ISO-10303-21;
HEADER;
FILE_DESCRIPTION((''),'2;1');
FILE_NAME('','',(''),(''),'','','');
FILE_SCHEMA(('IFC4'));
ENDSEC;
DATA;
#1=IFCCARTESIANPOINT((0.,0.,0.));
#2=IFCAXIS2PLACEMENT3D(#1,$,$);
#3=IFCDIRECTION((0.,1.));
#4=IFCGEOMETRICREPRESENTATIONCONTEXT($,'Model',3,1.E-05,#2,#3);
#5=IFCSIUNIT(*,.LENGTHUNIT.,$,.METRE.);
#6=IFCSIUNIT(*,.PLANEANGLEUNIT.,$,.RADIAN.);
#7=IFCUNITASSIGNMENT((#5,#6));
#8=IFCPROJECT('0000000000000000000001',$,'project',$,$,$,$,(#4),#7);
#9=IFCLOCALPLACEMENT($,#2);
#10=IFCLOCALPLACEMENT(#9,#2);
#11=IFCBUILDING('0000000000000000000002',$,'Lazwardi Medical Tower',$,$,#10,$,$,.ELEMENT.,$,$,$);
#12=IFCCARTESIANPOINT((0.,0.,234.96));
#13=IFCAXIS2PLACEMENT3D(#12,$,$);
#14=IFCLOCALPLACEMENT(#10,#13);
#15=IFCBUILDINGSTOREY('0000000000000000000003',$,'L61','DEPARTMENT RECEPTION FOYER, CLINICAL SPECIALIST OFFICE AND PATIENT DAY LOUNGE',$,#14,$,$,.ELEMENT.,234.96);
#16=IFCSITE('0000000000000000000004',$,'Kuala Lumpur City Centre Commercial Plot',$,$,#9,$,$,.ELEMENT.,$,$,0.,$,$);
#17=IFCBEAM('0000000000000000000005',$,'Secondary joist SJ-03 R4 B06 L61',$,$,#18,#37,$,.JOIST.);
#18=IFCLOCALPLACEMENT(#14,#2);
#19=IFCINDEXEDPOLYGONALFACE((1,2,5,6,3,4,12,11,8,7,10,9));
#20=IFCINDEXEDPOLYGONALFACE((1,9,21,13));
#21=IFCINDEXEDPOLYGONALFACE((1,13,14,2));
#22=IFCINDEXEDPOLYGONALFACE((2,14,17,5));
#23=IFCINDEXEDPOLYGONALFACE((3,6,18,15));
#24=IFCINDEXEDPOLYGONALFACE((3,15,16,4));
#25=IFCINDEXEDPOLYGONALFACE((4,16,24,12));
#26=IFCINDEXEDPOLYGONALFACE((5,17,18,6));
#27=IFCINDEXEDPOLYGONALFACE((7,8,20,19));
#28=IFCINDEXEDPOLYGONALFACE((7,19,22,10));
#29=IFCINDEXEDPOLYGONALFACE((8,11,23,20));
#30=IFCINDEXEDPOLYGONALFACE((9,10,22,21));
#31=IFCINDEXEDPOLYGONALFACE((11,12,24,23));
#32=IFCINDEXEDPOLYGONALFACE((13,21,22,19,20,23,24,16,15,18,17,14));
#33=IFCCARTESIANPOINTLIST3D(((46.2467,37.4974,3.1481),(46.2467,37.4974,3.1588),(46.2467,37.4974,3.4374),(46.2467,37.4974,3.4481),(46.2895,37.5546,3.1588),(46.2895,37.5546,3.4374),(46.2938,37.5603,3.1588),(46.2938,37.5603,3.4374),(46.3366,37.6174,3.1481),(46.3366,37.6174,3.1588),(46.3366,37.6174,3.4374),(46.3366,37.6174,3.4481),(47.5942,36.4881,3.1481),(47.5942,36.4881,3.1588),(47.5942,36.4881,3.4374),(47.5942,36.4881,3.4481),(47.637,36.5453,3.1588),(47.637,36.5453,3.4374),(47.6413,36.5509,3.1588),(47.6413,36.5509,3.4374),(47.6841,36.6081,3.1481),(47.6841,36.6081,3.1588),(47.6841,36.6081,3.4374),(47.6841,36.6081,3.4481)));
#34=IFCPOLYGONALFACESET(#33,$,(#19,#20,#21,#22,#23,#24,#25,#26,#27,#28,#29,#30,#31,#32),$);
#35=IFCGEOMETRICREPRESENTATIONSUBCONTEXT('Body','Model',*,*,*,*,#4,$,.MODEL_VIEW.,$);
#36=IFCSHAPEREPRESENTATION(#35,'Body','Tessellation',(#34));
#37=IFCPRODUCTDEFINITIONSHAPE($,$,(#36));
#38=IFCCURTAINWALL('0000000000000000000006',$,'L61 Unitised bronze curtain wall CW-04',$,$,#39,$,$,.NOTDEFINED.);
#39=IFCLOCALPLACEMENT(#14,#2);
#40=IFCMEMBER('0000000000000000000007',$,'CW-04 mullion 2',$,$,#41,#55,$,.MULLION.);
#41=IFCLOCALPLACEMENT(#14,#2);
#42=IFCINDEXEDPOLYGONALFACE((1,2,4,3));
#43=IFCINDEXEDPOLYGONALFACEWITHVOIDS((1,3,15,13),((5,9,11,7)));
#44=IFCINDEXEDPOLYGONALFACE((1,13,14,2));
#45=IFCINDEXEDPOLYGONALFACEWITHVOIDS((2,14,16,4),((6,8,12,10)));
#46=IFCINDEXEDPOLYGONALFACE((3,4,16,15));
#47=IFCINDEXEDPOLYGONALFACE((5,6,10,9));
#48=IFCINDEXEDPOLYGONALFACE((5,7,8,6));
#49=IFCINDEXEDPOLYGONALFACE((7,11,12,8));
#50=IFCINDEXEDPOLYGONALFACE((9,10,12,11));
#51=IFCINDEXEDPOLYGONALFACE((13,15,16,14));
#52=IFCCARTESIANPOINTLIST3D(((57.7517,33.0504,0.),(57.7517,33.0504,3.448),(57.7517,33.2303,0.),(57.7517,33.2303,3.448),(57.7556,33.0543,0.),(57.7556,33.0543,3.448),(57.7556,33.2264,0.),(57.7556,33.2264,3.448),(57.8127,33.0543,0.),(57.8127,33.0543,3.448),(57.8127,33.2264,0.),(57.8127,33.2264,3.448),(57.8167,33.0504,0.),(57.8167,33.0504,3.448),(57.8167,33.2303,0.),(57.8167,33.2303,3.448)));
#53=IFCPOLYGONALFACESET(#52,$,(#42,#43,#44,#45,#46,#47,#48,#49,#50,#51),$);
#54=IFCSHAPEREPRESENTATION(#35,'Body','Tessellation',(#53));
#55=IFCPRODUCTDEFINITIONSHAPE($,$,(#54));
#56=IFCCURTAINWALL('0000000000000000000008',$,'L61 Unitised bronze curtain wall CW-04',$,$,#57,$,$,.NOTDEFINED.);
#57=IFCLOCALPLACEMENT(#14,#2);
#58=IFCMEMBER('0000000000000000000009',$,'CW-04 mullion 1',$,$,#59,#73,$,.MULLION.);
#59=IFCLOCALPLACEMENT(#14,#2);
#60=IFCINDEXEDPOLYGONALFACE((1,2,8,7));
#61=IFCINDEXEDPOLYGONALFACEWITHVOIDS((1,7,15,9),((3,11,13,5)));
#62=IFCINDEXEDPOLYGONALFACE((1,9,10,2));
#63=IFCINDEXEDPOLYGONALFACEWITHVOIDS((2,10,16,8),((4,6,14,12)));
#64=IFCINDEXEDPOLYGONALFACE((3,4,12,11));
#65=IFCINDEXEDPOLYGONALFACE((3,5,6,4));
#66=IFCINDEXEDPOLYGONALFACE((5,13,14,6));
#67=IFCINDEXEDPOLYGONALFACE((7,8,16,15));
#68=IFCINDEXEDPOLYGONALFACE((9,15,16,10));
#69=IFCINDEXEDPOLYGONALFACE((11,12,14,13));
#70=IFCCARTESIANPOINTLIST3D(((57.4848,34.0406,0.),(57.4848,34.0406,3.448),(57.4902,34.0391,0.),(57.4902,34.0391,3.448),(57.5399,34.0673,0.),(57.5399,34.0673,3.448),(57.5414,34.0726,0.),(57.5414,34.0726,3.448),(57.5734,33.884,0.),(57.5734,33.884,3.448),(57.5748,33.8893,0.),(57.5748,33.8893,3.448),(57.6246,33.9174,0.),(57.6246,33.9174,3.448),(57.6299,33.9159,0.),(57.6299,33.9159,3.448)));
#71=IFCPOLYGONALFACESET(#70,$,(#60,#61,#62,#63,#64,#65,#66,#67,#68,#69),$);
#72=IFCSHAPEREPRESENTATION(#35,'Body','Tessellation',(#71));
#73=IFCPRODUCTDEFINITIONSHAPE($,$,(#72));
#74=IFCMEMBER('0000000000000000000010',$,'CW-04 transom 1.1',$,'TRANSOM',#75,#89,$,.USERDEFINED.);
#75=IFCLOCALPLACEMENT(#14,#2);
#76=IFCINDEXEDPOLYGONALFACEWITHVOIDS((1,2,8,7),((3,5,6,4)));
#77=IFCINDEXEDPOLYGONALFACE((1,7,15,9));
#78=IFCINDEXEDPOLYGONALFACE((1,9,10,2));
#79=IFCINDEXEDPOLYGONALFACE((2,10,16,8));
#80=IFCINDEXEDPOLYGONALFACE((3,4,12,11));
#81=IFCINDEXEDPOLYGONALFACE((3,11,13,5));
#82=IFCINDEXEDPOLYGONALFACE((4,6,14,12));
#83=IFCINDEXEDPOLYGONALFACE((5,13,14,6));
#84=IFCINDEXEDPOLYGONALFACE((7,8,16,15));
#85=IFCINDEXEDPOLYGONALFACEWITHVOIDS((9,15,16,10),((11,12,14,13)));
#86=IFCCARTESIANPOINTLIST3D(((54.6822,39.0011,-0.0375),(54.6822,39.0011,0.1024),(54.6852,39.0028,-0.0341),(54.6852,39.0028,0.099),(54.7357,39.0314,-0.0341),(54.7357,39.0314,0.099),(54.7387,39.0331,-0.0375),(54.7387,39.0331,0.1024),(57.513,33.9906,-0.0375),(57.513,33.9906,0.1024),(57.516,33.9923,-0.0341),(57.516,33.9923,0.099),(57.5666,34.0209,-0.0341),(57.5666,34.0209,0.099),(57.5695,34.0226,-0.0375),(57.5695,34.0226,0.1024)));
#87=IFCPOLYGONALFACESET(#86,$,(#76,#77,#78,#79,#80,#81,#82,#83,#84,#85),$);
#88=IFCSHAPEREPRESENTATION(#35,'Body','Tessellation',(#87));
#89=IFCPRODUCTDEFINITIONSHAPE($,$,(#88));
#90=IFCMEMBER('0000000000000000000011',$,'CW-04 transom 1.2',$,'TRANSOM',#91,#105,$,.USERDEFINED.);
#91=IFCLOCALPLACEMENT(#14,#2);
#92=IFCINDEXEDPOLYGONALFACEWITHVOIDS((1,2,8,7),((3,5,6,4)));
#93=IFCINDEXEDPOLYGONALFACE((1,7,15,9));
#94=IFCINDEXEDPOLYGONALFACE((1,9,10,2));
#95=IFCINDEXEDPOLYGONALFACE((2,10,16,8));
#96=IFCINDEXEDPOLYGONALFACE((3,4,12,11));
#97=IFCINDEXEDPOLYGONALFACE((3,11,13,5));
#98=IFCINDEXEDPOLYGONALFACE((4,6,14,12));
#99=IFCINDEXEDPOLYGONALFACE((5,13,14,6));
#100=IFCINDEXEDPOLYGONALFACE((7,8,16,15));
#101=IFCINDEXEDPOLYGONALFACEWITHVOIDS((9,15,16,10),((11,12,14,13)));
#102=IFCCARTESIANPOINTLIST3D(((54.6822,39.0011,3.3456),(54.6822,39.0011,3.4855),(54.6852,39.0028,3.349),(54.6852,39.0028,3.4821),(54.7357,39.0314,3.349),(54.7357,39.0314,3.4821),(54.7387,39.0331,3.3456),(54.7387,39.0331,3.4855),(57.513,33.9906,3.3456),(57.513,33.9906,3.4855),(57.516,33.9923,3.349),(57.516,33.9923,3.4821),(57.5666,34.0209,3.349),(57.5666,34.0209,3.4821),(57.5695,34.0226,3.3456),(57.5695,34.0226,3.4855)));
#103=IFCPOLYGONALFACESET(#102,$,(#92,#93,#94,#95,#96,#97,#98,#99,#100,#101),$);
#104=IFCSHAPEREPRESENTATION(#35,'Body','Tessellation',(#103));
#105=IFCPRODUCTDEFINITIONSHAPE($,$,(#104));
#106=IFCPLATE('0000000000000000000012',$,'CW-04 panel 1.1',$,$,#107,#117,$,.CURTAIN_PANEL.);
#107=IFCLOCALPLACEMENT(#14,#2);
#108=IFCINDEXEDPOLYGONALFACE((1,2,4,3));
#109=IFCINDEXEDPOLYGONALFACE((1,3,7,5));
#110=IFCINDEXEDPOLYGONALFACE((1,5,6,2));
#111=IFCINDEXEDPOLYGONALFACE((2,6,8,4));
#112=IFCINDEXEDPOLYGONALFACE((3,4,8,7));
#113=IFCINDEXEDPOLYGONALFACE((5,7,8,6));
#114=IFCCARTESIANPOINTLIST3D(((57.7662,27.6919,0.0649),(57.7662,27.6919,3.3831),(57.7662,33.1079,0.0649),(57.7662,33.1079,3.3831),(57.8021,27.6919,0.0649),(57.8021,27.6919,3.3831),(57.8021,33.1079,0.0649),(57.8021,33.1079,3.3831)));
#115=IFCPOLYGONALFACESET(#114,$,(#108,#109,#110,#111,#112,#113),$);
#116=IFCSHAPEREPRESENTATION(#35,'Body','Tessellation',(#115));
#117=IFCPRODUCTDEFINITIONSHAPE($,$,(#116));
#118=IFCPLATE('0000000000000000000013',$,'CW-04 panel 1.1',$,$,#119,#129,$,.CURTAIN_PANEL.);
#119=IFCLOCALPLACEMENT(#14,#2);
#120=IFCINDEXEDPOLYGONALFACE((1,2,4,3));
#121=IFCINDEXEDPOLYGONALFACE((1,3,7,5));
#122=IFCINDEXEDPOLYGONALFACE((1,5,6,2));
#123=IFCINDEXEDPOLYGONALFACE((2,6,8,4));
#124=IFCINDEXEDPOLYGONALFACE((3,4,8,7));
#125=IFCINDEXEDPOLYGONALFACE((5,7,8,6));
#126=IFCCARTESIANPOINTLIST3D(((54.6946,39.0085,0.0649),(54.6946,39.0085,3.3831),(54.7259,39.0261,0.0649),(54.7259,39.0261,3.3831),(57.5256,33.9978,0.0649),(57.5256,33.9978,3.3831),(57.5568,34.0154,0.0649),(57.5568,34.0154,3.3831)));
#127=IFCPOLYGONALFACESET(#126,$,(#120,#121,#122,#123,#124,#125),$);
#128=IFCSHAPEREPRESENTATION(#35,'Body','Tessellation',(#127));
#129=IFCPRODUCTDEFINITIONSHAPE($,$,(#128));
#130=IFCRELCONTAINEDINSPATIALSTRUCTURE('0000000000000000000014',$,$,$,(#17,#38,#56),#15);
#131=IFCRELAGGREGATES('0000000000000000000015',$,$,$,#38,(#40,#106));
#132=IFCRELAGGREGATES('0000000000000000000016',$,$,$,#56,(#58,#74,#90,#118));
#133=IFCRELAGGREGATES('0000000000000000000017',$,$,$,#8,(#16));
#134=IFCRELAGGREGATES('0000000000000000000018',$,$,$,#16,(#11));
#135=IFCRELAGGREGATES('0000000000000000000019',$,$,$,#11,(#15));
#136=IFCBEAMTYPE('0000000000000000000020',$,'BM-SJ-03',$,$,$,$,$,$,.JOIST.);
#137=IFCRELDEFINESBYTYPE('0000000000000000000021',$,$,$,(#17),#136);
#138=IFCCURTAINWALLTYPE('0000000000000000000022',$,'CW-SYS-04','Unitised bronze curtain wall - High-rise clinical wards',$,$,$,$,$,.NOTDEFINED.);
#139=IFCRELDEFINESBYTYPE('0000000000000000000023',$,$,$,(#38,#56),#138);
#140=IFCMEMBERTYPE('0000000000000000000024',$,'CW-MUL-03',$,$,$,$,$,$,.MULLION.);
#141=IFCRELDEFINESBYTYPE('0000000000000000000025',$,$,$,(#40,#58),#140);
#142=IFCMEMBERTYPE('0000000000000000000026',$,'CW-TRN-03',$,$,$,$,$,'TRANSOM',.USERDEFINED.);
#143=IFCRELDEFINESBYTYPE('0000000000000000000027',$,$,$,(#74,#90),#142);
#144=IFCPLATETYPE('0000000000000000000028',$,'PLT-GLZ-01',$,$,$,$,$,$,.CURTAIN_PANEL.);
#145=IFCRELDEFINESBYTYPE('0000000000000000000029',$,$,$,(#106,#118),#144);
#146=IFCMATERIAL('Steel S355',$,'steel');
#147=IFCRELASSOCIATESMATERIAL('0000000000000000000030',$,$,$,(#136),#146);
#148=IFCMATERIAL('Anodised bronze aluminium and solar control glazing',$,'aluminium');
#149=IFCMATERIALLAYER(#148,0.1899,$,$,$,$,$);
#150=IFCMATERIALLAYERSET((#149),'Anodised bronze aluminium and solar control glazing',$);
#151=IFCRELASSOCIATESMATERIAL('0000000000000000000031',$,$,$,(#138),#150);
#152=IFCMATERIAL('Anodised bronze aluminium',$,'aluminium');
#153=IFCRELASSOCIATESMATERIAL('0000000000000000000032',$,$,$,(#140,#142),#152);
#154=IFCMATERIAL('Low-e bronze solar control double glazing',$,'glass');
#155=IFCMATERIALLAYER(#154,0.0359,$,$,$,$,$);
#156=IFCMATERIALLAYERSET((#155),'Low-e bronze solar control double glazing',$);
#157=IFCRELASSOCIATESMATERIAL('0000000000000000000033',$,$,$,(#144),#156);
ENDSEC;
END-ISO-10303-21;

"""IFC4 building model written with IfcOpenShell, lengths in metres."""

from ifc_helpers import new_model, si_unit, direction, frame, origin, origin_2d, place, context, subcontext, project, spatial, rectangle, hollow_rectangle, i_section, extrude, material, layer, layer_set, material_profile, profile_set, type_object, element, aggregate, save


model = new_model("IFC4")

# Units and contexts
model_context = context("Model", 3, precision=1e-05, world=origin(), true_north=direction((0.0, 1.0)))
body_context = subcontext(model_context, "Body", "Model", "MODEL_VIEW")
ifc_project = project(units=[si_unit("LENGTHUNIT", "METRE"), si_unit("PLANEANGLEUNIT", "RADIAN")], contexts=[model_context])

# Site, building, storey
site_placement = place(None, origin())
site = spatial("IfcSite", under=ifc_project, at=site_placement, Name="Kuala Lumpur City Centre Commercial Plot", CompositionType="ELEMENT", RefElevation=0.0)
building_placement = place(site_placement, origin())
building = spatial("IfcBuilding", under=site, at=building_placement, Name="Lazwardi Medical Tower", CompositionType="ELEMENT")
storey_placement = place(building_placement, frame((0.0, 0.0, 234.96)))
storey = spatial("IfcBuildingStorey", under=building, at=storey_placement, Name="L61", Description="DEPARTMENT RECEPTION FOYER, CLINICAL SPECIALIST OFFICE AND PATIENT DAY LOUNGE", CompositionType="ELEMENT", Elevation=234.96)

# Beam
ifc_material_1 = material(Name="Steel S355", Category="steel")
ifc_material_profile_1 = material_profile(ifc_material_1, i_section(OverallWidth=0.1499, OverallDepth=0.3, WebThickness=0.0071, FlangeThickness=0.0107, at=origin_2d()), Name="IPE 300")
ifc_profile_set_1 = profile_set([ifc_material_profile_1], Name="Steel S355")
beam_type_1 = type_object("IfcBeamType", Name="BM-SJ-03", PredefinedType="JOIST", material=ifc_profile_set_1)
beam_1_placement = place(storey_placement, frame((47.6392, 36.5481, 3.2981), z_axis=(-0.800365, 0.599513, 0.0), x_axis=(-0.599513, -0.800365, 0.0)))
element("IfcBeam", 1, at=beam_1_placement, inside=storey, type_object=beam_type_1, Name="Secondary joist SJ-03 R4 B06 L61", PredefinedType="JOIST", context=body_context, shape_type="SweptSolid", body=[
    extrude(i_section(OverallWidth=0.1499, OverallDepth=0.3, WebThickness=0.0071, FlangeThickness=0.0107, at=origin_2d()), origin(), (0.0, 0.0, 1.0), 1.6836),
])

# Curtain wall, member
ifc_material_2 = material(Name="Anodised bronze aluminium and solar control glazing", Category="aluminium")
ifc_layer_1 = layer(ifc_material_2, 0.1899)
ifc_layer_set_1 = layer_set([ifc_layer_1], Name="Anodised bronze aluminium and solar control glazing")
curtain_wall_type = type_object("IfcCurtainWallType", Name="CW-SYS-04", Description="Unitised bronze curtain wall - High-rise clinical wards", PredefinedType="NOTDEFINED", material=ifc_layer_set_1)
curtain_wall_1_placement = place(storey_placement, origin())
curtain_wall_1 = element("IfcCurtainWall", 2, at=curtain_wall_1_placement, inside=storey, type_object=curtain_wall_type, Name="L61 Unitised bronze curtain wall CW-04", PredefinedType="NOTDEFINED")
ifc_material_3 = material(Name="Anodised bronze aluminium", Category="aluminium")
ifc_material_profile_2 = material_profile(ifc_material_3, hollow_rectangle(XDim=0.0649, YDim=0.1799, WallThickness=0.0039, at=origin_2d()), Name="ALU-MULLION 180x65x4")
ifc_profile_set_2 = profile_set([ifc_material_profile_2], Name="Anodised bronze aluminium")
member_type_1 = type_object("IfcMemberType", Name="CW-MUL-03", PredefinedType="MULLION", material=ifc_profile_set_2)
member_1_placement = place(storey_placement, frame((57.7842, 33.1404, 0.0), z_axis=(0.0, 0.0, 1.0), x_axis=(-1.0, 0.0, 0.0)))
member_1 = element("IfcMember", 3, at=member_1_placement, type_object=member_type_1, Name="CW-04 mullion 2", PredefinedType="MULLION", context=body_context, shape_type="SweptSolid", body=[
    extrude(hollow_rectangle(XDim=0.0649, YDim=0.1799, WallThickness=0.0039, at=origin_2d()), origin(), (0.0, 0.0, 1.0), 3.448),
])

# Curtain wall, members
curtain_wall_2_placement = place(storey_placement, origin())
curtain_wall_2 = element("IfcCurtainWall", 4, at=curtain_wall_2_placement, inside=storey, type_object=curtain_wall_type, Name="L61 Unitised bronze curtain wall CW-04", PredefinedType="NOTDEFINED")
member_2_placement = place(storey_placement, frame((57.5574, 33.9783, 0.0), z_axis=(0.0, 0.0, 1.0), x_axis=(-0.870651, -0.4919, 0.0)))
member_2 = element("IfcMember", 5, at=member_2_placement, type_object=member_type_1, Name="CW-04 mullion 1", PredefinedType="MULLION", context=body_context, shape_type="SweptSolid", body=[
    extrude(hollow_rectangle(XDim=0.0649, YDim=0.1799, WallThickness=0.0039, at=origin_2d()), origin(), (0.0, 0.0, 1.0), 3.448),
])
ifc_material_profile_3 = material_profile(ifc_material_3, hollow_rectangle(XDim=0.0649, YDim=0.1399, WallThickness=0.0034, at=origin_2d()), Name="ALU-TRANSOM 140x65x3.5")
ifc_profile_set_3 = profile_set([ifc_material_profile_3], Name="Anodised bronze aluminium")
member_type_2 = type_object("IfcMemberType", Name="CW-TRN-03", ElementType="TRANSOM", PredefinedType="USERDEFINED", material=ifc_profile_set_3)
member_3_placement = place(storey_placement, frame((57.5413, 34.0066, 0.0325), z_axis=(-0.491898, 0.870653, 0.0), x_axis=(-0.870653, -0.491898, 0.0)))
member_3 = element("IfcMember", 6, at=member_3_placement, type_object=member_type_2, Name="CW-04 transom 1.1", ObjectType="TRANSOM", PredefinedType="USERDEFINED", context=body_context, shape_type="SweptSolid", body=[
    extrude(hollow_rectangle(XDim=0.0649, YDim=0.1399, WallThickness=0.0034, at=origin_2d()), origin(), (0.0, 0.0, 1.0), 5.7549),
])
member_4_placement = place(storey_placement, frame((57.5413, 34.0066, 3.4155), z_axis=(-0.491898, 0.870653, 0.0), x_axis=(-0.870653, -0.491898, 0.0)))
member_4 = element("IfcMember", 7, at=member_4_placement, type_object=member_type_2, Name="CW-04 transom 1.2", ObjectType="TRANSOM", PredefinedType="USERDEFINED", context=body_context, shape_type="SweptSolid", body=[
    extrude(hollow_rectangle(XDim=0.0649, YDim=0.1399, WallThickness=0.0034, at=origin_2d()), origin(), (0.0, 0.0, 1.0), 5.7549),
])

# Plates
ifc_material_4 = material(Name="Low-e bronze solar control double glazing", Category="glass")
ifc_layer_2 = layer(ifc_material_4, 0.0359)
ifc_layer_set_2 = layer_set([ifc_layer_2], Name="Low-e bronze solar control double glazing")
plate_type = type_object("IfcPlateType", Name="PLT-GLZ-01", PredefinedType="CURTAIN_PANEL", material=ifc_layer_set_2)
plate_1_placement = place(storey_placement, frame((57.7842, 30.3999, 0.0649), z_axis=(0.0, 0.0, 1.0), x_axis=(0.0, 1.0, 0.0)))
plate_1 = element("IfcPlate", 8, at=plate_1_placement, type_object=plate_type, Name="CW-04 panel 1.1", PredefinedType="CURTAIN_PANEL", context=body_context, shape_type="SweptSolid", body=[
    extrude(rectangle(XDim=5.416, YDim=0.0359, at=origin_2d()), origin(), (0.0, 0.0, 1.0), 3.3181),
])
aggregate(curtain_wall_1, [member_1, plate_1])
plate_2_placement = place(storey_placement, frame((56.1257, 36.512, 0.0649), z_axis=(0.0, 0.0, 1.0), x_axis=(-0.4919, 0.870651, 0.0)))
plate_2 = element("IfcPlate", 9, at=plate_2_placement, type_object=plate_type, Name="CW-04 panel 1.1", PredefinedType="CURTAIN_PANEL", context=body_context, shape_type="SweptSolid", body=[
    extrude(rectangle(XDim=5.7551, YDim=0.0359, at=origin_2d()), origin(), (0.0, 0.0, 1.0), 3.3181),
])
aggregate(curtain_wall_2, [member_2, member_3, member_4, plate_2])

save(model, "model.ifc")
